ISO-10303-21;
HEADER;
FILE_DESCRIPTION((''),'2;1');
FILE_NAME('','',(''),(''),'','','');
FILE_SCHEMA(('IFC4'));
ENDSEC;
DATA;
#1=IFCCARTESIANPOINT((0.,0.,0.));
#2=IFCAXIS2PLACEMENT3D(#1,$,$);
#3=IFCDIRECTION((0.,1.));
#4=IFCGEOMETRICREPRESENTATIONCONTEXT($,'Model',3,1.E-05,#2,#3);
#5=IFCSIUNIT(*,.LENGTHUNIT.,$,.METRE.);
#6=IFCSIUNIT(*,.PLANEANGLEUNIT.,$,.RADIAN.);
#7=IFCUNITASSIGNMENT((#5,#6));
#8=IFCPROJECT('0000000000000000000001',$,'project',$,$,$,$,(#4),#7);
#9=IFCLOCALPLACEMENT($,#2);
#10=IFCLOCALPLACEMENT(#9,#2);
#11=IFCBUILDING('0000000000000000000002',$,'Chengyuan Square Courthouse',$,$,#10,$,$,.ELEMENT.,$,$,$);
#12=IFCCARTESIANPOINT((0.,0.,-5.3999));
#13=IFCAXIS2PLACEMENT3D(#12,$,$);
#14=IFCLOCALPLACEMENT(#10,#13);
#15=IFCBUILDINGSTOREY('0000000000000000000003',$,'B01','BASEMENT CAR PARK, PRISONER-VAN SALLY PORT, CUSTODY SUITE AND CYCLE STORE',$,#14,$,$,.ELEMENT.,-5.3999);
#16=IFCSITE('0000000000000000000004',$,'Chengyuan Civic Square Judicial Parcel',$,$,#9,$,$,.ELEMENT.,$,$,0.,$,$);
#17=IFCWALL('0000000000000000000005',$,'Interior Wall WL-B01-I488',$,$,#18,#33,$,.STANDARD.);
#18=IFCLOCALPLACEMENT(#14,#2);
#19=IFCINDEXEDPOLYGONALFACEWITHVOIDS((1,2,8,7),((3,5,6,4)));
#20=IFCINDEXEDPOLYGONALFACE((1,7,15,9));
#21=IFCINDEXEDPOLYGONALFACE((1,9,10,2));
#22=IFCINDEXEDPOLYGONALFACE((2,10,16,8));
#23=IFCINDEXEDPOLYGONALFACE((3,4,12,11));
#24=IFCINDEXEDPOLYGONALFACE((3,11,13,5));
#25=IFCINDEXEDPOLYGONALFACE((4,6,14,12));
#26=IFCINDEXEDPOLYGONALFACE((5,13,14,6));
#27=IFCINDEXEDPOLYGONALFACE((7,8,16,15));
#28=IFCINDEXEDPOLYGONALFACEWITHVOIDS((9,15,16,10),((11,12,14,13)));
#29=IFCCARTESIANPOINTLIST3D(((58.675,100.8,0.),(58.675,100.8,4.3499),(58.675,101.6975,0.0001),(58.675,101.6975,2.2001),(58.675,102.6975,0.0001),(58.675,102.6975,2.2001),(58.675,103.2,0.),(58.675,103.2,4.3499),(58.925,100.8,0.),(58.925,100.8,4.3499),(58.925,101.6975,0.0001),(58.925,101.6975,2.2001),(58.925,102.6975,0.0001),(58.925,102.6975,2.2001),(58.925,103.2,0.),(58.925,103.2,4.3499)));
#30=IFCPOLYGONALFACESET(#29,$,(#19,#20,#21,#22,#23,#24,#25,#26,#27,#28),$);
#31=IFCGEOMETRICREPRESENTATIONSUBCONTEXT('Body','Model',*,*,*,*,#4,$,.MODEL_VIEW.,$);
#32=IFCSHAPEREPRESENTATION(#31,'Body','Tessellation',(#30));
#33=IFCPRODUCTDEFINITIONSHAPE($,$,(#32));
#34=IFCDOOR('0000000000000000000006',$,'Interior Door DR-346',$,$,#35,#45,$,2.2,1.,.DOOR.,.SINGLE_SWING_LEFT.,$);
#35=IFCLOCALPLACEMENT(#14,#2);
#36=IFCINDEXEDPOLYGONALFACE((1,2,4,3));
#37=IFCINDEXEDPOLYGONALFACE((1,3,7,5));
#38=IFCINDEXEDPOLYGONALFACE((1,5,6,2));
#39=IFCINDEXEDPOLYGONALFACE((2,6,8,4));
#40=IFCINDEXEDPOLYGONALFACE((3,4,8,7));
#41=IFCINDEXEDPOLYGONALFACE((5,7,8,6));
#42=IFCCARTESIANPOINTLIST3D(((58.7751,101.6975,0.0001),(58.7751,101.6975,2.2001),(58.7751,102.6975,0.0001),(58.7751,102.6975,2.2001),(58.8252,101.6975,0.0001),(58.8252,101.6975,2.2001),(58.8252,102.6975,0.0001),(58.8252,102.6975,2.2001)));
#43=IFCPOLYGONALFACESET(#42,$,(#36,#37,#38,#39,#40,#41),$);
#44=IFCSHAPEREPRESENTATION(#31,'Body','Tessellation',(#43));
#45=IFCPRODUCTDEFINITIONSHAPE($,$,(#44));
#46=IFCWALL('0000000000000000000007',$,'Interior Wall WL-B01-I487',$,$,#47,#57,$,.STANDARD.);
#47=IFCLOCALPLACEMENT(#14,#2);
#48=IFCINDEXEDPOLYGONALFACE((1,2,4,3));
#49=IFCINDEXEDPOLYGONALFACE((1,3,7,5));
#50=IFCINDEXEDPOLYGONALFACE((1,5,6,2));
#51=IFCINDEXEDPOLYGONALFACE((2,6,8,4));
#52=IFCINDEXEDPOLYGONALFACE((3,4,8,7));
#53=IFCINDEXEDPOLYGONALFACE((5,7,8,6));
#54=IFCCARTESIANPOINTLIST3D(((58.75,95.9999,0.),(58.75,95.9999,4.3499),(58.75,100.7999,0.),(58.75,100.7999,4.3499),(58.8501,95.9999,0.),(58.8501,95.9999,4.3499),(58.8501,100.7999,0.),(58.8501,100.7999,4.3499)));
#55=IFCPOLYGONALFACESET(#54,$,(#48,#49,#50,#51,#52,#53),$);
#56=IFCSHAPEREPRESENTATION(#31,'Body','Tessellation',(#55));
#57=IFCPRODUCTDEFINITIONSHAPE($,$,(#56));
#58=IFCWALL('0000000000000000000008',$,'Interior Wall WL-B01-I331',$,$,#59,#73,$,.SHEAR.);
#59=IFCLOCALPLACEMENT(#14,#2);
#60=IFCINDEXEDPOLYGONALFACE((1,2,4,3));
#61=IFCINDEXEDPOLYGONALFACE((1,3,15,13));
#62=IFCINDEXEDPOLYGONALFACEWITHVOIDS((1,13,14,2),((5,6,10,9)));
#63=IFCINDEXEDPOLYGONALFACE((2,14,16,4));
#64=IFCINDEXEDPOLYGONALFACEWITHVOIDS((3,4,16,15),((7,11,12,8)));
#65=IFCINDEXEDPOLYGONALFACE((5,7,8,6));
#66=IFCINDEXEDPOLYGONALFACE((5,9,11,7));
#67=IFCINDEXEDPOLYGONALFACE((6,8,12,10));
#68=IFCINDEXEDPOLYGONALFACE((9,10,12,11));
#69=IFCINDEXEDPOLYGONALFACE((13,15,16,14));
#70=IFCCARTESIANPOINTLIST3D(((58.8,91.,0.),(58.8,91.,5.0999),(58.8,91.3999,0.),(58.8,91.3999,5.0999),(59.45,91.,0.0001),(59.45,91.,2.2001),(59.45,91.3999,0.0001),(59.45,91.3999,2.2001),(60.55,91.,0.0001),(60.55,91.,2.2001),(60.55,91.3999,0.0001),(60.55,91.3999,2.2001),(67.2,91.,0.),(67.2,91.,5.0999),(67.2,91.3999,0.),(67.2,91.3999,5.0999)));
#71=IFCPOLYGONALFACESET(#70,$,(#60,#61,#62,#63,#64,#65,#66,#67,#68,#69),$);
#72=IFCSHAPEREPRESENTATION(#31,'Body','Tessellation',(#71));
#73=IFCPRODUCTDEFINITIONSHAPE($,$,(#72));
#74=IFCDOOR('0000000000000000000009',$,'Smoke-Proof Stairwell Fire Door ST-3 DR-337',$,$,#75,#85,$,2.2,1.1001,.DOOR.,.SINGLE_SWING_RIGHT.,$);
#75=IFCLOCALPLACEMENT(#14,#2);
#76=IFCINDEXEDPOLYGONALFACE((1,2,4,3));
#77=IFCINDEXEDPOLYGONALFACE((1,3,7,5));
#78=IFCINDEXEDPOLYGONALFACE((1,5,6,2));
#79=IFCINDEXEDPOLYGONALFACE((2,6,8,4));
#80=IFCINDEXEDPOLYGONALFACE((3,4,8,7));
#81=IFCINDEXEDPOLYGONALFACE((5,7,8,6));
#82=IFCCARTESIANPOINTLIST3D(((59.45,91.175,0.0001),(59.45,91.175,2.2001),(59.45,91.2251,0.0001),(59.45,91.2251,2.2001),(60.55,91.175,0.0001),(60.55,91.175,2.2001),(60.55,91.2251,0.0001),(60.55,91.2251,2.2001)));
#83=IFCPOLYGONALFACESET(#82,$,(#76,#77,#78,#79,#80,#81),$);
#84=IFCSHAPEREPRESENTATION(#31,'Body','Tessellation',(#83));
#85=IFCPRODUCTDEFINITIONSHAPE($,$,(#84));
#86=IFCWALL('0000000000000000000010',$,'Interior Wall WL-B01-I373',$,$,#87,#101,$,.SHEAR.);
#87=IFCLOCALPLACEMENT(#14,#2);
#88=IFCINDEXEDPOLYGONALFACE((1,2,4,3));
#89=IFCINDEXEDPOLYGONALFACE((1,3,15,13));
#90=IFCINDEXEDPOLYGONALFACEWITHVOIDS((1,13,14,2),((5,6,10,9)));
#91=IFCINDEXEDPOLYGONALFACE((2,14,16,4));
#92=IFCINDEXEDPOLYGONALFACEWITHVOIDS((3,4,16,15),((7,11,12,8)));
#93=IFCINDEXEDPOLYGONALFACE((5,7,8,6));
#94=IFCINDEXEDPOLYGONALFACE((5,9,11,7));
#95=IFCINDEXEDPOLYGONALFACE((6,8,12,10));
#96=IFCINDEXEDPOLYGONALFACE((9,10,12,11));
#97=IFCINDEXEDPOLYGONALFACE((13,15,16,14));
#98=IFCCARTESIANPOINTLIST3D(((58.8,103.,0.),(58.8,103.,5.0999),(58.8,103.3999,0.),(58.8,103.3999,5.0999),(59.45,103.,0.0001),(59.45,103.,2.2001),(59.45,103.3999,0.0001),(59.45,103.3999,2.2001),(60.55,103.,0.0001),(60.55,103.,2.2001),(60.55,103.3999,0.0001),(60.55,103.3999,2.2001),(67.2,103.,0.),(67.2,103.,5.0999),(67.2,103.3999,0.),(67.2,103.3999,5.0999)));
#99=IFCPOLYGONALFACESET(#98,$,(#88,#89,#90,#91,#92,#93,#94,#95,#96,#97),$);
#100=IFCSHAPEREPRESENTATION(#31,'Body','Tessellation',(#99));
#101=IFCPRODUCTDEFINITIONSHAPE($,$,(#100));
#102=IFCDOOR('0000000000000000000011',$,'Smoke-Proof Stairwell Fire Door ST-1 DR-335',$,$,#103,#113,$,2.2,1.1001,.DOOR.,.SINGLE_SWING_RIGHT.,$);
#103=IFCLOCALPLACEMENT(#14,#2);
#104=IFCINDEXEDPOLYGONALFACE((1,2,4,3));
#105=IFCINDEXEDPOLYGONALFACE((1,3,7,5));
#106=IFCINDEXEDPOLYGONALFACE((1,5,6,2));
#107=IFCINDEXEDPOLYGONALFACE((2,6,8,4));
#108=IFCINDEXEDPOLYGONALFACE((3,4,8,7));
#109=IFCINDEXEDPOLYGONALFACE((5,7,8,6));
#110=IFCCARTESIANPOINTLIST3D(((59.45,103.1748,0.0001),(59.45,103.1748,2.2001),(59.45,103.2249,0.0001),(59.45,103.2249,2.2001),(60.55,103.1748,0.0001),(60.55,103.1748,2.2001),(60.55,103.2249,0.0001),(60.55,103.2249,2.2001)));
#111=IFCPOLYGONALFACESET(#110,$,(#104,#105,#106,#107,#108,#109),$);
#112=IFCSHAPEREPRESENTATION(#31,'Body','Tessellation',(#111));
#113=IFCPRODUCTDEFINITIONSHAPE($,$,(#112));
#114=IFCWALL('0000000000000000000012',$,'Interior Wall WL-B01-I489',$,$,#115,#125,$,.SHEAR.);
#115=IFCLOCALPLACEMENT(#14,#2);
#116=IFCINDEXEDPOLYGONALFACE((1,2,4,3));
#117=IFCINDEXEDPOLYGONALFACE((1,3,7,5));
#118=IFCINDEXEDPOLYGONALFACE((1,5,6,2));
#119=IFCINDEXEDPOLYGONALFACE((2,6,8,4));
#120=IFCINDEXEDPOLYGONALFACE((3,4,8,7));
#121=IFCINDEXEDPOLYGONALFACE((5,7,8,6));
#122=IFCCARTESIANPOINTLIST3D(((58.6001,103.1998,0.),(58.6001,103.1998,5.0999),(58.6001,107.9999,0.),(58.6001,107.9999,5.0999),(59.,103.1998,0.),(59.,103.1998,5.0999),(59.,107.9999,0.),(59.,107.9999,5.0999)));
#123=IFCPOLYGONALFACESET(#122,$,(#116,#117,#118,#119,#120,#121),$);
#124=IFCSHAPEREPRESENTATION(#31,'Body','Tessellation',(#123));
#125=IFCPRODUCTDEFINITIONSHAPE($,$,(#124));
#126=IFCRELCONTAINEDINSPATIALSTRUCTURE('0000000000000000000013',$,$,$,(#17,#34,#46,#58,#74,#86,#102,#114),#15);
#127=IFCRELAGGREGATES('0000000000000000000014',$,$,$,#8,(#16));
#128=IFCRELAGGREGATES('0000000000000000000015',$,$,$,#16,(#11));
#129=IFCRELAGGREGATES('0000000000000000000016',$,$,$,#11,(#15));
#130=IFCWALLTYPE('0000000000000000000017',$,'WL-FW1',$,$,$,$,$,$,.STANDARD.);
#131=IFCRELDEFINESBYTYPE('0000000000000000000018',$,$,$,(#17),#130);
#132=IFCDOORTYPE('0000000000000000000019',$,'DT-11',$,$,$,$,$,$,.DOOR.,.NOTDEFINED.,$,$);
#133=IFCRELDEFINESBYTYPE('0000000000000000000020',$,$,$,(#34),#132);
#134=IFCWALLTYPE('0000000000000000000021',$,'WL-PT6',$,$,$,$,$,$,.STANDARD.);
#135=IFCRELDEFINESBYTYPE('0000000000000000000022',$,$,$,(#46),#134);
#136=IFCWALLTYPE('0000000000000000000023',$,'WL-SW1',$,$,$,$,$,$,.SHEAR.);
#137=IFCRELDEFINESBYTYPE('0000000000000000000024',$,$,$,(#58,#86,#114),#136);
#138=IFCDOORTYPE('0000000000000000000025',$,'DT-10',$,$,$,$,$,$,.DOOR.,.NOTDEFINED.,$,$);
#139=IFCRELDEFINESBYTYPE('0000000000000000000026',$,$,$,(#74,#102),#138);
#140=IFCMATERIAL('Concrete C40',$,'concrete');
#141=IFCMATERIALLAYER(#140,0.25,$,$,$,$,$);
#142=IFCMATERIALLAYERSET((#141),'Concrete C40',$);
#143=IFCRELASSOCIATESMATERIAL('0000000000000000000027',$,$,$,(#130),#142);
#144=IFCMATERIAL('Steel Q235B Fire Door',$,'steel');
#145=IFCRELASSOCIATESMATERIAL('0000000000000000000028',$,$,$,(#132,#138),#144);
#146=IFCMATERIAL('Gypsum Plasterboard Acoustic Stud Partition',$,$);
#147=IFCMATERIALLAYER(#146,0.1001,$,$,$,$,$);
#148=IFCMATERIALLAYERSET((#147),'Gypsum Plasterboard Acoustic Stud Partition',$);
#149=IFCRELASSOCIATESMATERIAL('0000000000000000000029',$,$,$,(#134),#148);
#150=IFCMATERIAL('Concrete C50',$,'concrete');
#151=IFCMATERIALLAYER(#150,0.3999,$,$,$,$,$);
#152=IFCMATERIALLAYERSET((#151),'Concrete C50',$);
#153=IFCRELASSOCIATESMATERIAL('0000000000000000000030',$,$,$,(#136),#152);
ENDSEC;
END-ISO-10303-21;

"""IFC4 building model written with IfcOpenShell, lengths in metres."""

from ifc_helpers import new_model, si_unit, direction, frame, frame_2d, origin, place, context, subcontext, project, spatial, rectangle, extrude, material, layer, layer_set, type_object, element, fill, save


model = new_model("IFC4")

# Units and contexts
model_context = context("Model", 3, precision=1e-05, world=origin(), true_north=direction((0.0, 1.0)))
body_context = subcontext(model_context, "Body", "Model", "MODEL_VIEW")
ifc_project = project(units=[si_unit("LENGTHUNIT", "METRE"), si_unit("PLANEANGLEUNIT", "RADIAN")], contexts=[model_context])

# Site, building, storey
site_placement = place(None, origin())
site = spatial("IfcSite", under=ifc_project, at=site_placement, Name="Chengyuan Civic Square Judicial Parcel", CompositionType="ELEMENT", RefElevation=0.0)
building_placement = place(site_placement, origin())
building = spatial("IfcBuilding", under=site, at=building_placement, Name="Chengyuan Square Courthouse", CompositionType="ELEMENT")
storey_placement = place(building_placement, frame((0.0, 0.0, -5.3999)))
storey = spatial("IfcBuildingStorey", under=building, at=storey_placement, Name="B01", Description="BASEMENT CAR PARK, PRISONER-VAN SALLY PORT, CUSTODY SUITE AND CYCLE STORE", CompositionType="ELEMENT", Elevation=-5.3999)

# Shared definitions
ifc_material_1 = material(Name="Concrete C50", Category="concrete")

# Shared definitions
ifc_material_2 = material(Name="Concrete C40", Category="concrete")

# Wall, opening, door
ifc_layer_1 = layer(ifc_material_2, 0.25)
ifc_layer_set_1 = layer_set([ifc_layer_1], Name="Concrete C40")
wall_type_1 = type_object("IfcWallType", Name="WL-FW1", PredefinedType="STANDARD", material=ifc_layer_set_1)
ifc_material_3 = material(Name="Steel Q235B Fire Door", Category="steel")
wall_1_placement = place(storey_placement, frame((58.8, 100.8, 0.0), z_axis=(0.0, 0.0, 1.0), x_axis=(0.0, 1.0, 0.0)))
wall_1 = element("IfcWall", 1, at=wall_1_placement, inside=storey, type_object=wall_type_1, Name="Interior Wall WL-B01-I488", PredefinedType="STANDARD", context=body_context, shape_type="SweptSolid", body=[
    extrude(rectangle(XDim=2.3999, YDim=0.25, at=frame_2d((1.2, 0.0))), origin(), (0.0, 0.0, 1.0), 4.3499),
])
opening_1_placement = place(wall_1_placement, frame((0.8975, 0.0, 0.0)))
opening_1 = element("IfcOpeningElement", 2, at=opening_1_placement, cuts=wall_1, PredefinedType="OPENING", context=body_context, shape_type="SweptSolid", body=[
    extrude(rectangle(XDim=1.0, YDim=2.2, at=frame_2d((0.5, 1.1001))), frame((0.0, 0.137, 0.0), z_axis=(0.0, -1.0, 0.0), x_axis=(1.0, 0.0, 0.0)), (0.0, 0.0, 1.0), 0.2739),
])
door_type_1 = type_object("IfcDoorType", Name="DT-11", OperationType="NOTDEFINED", PredefinedType="DOOR", material=ifc_material_3)
door_1_placement = place(opening_1_placement, origin())
door_1 = element("IfcDoor", 3, at=door_1_placement, inside=storey, type_object=door_type_1, Name="Interior Door DR-346", OperationType="SINGLE_SWING_LEFT", OverallHeight=2.2, OverallWidth=1.0, PredefinedType="DOOR", context=body_context, shape_type="SweptSolid", body=[
    extrude(rectangle(XDim=1.0, YDim=2.2, at=frame_2d((0.5, 1.1001))), frame((0.0, 0.0249, 0.0), z_axis=(0.0, -1.0, 0.0), x_axis=(1.0, 0.0, 0.0)), (0.0, 0.0, 1.0), 0.05),
])
fill(opening_1, door_1)

# Wall
ifc_material_4 = material(Name="Gypsum Plasterboard Acoustic Stud Partition")
ifc_layer_2 = layer(ifc_material_4, 0.1001)
ifc_layer_set_2 = layer_set([ifc_layer_2], Name="Gypsum Plasterboard Acoustic Stud Partition")
wall_type_2 = type_object("IfcWallType", Name="WL-PT6", PredefinedType="STANDARD", material=ifc_layer_set_2)
wall_2_placement = place(storey_placement, frame((58.8, 96.0, 0.0), z_axis=(0.0, 0.0, 1.0), x_axis=(0.0, 1.0, 0.0)))
element("IfcWall", 4, at=wall_2_placement, inside=storey, type_object=wall_type_2, Name="Interior Wall WL-B01-I487", PredefinedType="STANDARD", context=body_context, shape_type="SweptSolid", body=[
    extrude(rectangle(XDim=4.8, YDim=0.1001, at=frame_2d((2.3999, 0.0))), origin(), (0.0, 0.0, 1.0), 4.3499),
])

# Walls, openings, doors
ifc_layer_3 = layer(ifc_material_1, 0.3999)
ifc_layer_set_3 = layer_set([ifc_layer_3], Name="Concrete C50")
wall_type_3 = type_object("IfcWallType", Name="WL-SW1", PredefinedType="SHEAR", material=ifc_layer_set_3)
wall_3_placement = place(storey_placement, frame((58.8, 91.2, 0.0), z_axis=(0.0, 0.0, 1.0), x_axis=(1.0, 0.0, 0.0)))
wall_3 = element("IfcWall", 5, at=wall_3_placement, inside=storey, type_object=wall_type_3, Name="Interior Wall WL-B01-I331", PredefinedType="SHEAR", context=body_context, shape_type="SweptSolid", body=[
    extrude(rectangle(XDim=8.3999, YDim=0.3999, at=frame_2d((4.2, 0.0))), origin(), (0.0, 0.0, 1.0), 5.0999),
])
opening_2_placement = place(wall_3_placement, frame((0.6499, 0.0, 0.0)))
opening_2 = element("IfcOpeningElement", 6, at=opening_2_placement, cuts=wall_3, PredefinedType="OPENING", context=body_context, shape_type="SweptSolid", body=[
    extrude(rectangle(XDim=1.1001, YDim=2.2, at=frame_2d((0.55, 1.1001))), frame((0.0, 0.2119, 0.0), z_axis=(0.0, -1.0, 0.0), x_axis=(1.0, 0.0, 0.0)), (0.0, 0.0, 1.0), 0.4238),
])
door_type_2 = type_object("IfcDoorType", Name="DT-10", OperationType="NOTDEFINED", PredefinedType="DOOR", material=ifc_material_3)
door_2_placement = place(opening_2_placement, frame((1.1001, 0.0, 0.0), z_axis=(0.0, 0.0, 1.0), x_axis=(-1.0, 0.0, 0.0)))
door_2 = element("IfcDoor", 7, at=door_2_placement, inside=storey, type_object=door_type_2, Name="Smoke-Proof Stairwell Fire Door ST-3 DR-337", OperationType="SINGLE_SWING_RIGHT", OverallHeight=2.2, OverallWidth=1.1001, PredefinedType="DOOR", context=body_context, shape_type="SweptSolid", body=[
    extrude(rectangle(XDim=1.1001, YDim=2.2, at=frame_2d((0.55, 1.1001))), frame((0.0, 0.0249, 0.0), z_axis=(0.0, -1.0, 0.0), x_axis=(1.0, 0.0, 0.0)), (0.0, 0.0, 1.0), 0.05),
])
fill(opening_2, door_2)
wall_4_placement = place(storey_placement, frame((58.8, 103.2, 0.0), z_axis=(0.0, 0.0, 1.0), x_axis=(1.0, 0.0, 0.0)))
wall_4 = element("IfcWall", 8, at=wall_4_placement, inside=storey, type_object=wall_type_3, Name="Interior Wall WL-B01-I373", PredefinedType="SHEAR", context=body_context, shape_type="SweptSolid", body=[
    extrude(rectangle(XDim=8.3999, YDim=0.3999, at=frame_2d((4.2, 0.0))), origin(), (0.0, 0.0, 1.0), 5.0999),
])
opening_3_placement = place(wall_4_placement, frame((0.6499, 0.0, 0.0)))
opening_3 = element("IfcOpeningElement", 9, at=opening_3_placement, cuts=wall_4, PredefinedType="OPENING", context=body_context, shape_type="SweptSolid", body=[
    extrude(rectangle(XDim=1.1001, YDim=2.2, at=frame_2d((0.55, 1.1001))), frame((0.0, 0.2119, 0.0), z_axis=(0.0, -1.0, 0.0), x_axis=(1.0, 0.0, 0.0)), (0.0, 0.0, 1.0), 0.4238),
])
door_3_placement = place(opening_3_placement, origin())
door_3 = element("IfcDoor", 10, at=door_3_placement, inside=storey, type_object=door_type_2, Name="Smoke-Proof Stairwell Fire Door ST-1 DR-335", OperationType="SINGLE_SWING_RIGHT", OverallHeight=2.2, OverallWidth=1.1001, PredefinedType="DOOR", context=body_context, shape_type="SweptSolid", body=[
    extrude(rectangle(XDim=1.1001, YDim=2.2, at=frame_2d((0.55, 1.1001))), frame((0.0, 0.0249, 0.0), z_axis=(0.0, -1.0, 0.0), x_axis=(1.0, 0.0, 0.0)), (0.0, 0.0, 1.0), 0.05),
])
fill(opening_3, door_3)

# Wall
wall_5_placement = place(storey_placement, frame((58.8, 103.2, 0.0), z_axis=(0.0, 0.0, 1.0), x_axis=(0.0, 1.0, 0.0)))
element("IfcWall", 11, at=wall_5_placement, inside=storey, type_object=wall_type_3, Name="Interior Wall WL-B01-I489", PredefinedType="SHEAR", context=body_context, shape_type="SweptSolid", body=[
    extrude(rectangle(XDim=4.8, YDim=0.3999, at=frame_2d((2.3999, 0.0))), origin(), (0.0, 0.0, 1.0), 5.0999),
])

save(model, "model.ifc")
